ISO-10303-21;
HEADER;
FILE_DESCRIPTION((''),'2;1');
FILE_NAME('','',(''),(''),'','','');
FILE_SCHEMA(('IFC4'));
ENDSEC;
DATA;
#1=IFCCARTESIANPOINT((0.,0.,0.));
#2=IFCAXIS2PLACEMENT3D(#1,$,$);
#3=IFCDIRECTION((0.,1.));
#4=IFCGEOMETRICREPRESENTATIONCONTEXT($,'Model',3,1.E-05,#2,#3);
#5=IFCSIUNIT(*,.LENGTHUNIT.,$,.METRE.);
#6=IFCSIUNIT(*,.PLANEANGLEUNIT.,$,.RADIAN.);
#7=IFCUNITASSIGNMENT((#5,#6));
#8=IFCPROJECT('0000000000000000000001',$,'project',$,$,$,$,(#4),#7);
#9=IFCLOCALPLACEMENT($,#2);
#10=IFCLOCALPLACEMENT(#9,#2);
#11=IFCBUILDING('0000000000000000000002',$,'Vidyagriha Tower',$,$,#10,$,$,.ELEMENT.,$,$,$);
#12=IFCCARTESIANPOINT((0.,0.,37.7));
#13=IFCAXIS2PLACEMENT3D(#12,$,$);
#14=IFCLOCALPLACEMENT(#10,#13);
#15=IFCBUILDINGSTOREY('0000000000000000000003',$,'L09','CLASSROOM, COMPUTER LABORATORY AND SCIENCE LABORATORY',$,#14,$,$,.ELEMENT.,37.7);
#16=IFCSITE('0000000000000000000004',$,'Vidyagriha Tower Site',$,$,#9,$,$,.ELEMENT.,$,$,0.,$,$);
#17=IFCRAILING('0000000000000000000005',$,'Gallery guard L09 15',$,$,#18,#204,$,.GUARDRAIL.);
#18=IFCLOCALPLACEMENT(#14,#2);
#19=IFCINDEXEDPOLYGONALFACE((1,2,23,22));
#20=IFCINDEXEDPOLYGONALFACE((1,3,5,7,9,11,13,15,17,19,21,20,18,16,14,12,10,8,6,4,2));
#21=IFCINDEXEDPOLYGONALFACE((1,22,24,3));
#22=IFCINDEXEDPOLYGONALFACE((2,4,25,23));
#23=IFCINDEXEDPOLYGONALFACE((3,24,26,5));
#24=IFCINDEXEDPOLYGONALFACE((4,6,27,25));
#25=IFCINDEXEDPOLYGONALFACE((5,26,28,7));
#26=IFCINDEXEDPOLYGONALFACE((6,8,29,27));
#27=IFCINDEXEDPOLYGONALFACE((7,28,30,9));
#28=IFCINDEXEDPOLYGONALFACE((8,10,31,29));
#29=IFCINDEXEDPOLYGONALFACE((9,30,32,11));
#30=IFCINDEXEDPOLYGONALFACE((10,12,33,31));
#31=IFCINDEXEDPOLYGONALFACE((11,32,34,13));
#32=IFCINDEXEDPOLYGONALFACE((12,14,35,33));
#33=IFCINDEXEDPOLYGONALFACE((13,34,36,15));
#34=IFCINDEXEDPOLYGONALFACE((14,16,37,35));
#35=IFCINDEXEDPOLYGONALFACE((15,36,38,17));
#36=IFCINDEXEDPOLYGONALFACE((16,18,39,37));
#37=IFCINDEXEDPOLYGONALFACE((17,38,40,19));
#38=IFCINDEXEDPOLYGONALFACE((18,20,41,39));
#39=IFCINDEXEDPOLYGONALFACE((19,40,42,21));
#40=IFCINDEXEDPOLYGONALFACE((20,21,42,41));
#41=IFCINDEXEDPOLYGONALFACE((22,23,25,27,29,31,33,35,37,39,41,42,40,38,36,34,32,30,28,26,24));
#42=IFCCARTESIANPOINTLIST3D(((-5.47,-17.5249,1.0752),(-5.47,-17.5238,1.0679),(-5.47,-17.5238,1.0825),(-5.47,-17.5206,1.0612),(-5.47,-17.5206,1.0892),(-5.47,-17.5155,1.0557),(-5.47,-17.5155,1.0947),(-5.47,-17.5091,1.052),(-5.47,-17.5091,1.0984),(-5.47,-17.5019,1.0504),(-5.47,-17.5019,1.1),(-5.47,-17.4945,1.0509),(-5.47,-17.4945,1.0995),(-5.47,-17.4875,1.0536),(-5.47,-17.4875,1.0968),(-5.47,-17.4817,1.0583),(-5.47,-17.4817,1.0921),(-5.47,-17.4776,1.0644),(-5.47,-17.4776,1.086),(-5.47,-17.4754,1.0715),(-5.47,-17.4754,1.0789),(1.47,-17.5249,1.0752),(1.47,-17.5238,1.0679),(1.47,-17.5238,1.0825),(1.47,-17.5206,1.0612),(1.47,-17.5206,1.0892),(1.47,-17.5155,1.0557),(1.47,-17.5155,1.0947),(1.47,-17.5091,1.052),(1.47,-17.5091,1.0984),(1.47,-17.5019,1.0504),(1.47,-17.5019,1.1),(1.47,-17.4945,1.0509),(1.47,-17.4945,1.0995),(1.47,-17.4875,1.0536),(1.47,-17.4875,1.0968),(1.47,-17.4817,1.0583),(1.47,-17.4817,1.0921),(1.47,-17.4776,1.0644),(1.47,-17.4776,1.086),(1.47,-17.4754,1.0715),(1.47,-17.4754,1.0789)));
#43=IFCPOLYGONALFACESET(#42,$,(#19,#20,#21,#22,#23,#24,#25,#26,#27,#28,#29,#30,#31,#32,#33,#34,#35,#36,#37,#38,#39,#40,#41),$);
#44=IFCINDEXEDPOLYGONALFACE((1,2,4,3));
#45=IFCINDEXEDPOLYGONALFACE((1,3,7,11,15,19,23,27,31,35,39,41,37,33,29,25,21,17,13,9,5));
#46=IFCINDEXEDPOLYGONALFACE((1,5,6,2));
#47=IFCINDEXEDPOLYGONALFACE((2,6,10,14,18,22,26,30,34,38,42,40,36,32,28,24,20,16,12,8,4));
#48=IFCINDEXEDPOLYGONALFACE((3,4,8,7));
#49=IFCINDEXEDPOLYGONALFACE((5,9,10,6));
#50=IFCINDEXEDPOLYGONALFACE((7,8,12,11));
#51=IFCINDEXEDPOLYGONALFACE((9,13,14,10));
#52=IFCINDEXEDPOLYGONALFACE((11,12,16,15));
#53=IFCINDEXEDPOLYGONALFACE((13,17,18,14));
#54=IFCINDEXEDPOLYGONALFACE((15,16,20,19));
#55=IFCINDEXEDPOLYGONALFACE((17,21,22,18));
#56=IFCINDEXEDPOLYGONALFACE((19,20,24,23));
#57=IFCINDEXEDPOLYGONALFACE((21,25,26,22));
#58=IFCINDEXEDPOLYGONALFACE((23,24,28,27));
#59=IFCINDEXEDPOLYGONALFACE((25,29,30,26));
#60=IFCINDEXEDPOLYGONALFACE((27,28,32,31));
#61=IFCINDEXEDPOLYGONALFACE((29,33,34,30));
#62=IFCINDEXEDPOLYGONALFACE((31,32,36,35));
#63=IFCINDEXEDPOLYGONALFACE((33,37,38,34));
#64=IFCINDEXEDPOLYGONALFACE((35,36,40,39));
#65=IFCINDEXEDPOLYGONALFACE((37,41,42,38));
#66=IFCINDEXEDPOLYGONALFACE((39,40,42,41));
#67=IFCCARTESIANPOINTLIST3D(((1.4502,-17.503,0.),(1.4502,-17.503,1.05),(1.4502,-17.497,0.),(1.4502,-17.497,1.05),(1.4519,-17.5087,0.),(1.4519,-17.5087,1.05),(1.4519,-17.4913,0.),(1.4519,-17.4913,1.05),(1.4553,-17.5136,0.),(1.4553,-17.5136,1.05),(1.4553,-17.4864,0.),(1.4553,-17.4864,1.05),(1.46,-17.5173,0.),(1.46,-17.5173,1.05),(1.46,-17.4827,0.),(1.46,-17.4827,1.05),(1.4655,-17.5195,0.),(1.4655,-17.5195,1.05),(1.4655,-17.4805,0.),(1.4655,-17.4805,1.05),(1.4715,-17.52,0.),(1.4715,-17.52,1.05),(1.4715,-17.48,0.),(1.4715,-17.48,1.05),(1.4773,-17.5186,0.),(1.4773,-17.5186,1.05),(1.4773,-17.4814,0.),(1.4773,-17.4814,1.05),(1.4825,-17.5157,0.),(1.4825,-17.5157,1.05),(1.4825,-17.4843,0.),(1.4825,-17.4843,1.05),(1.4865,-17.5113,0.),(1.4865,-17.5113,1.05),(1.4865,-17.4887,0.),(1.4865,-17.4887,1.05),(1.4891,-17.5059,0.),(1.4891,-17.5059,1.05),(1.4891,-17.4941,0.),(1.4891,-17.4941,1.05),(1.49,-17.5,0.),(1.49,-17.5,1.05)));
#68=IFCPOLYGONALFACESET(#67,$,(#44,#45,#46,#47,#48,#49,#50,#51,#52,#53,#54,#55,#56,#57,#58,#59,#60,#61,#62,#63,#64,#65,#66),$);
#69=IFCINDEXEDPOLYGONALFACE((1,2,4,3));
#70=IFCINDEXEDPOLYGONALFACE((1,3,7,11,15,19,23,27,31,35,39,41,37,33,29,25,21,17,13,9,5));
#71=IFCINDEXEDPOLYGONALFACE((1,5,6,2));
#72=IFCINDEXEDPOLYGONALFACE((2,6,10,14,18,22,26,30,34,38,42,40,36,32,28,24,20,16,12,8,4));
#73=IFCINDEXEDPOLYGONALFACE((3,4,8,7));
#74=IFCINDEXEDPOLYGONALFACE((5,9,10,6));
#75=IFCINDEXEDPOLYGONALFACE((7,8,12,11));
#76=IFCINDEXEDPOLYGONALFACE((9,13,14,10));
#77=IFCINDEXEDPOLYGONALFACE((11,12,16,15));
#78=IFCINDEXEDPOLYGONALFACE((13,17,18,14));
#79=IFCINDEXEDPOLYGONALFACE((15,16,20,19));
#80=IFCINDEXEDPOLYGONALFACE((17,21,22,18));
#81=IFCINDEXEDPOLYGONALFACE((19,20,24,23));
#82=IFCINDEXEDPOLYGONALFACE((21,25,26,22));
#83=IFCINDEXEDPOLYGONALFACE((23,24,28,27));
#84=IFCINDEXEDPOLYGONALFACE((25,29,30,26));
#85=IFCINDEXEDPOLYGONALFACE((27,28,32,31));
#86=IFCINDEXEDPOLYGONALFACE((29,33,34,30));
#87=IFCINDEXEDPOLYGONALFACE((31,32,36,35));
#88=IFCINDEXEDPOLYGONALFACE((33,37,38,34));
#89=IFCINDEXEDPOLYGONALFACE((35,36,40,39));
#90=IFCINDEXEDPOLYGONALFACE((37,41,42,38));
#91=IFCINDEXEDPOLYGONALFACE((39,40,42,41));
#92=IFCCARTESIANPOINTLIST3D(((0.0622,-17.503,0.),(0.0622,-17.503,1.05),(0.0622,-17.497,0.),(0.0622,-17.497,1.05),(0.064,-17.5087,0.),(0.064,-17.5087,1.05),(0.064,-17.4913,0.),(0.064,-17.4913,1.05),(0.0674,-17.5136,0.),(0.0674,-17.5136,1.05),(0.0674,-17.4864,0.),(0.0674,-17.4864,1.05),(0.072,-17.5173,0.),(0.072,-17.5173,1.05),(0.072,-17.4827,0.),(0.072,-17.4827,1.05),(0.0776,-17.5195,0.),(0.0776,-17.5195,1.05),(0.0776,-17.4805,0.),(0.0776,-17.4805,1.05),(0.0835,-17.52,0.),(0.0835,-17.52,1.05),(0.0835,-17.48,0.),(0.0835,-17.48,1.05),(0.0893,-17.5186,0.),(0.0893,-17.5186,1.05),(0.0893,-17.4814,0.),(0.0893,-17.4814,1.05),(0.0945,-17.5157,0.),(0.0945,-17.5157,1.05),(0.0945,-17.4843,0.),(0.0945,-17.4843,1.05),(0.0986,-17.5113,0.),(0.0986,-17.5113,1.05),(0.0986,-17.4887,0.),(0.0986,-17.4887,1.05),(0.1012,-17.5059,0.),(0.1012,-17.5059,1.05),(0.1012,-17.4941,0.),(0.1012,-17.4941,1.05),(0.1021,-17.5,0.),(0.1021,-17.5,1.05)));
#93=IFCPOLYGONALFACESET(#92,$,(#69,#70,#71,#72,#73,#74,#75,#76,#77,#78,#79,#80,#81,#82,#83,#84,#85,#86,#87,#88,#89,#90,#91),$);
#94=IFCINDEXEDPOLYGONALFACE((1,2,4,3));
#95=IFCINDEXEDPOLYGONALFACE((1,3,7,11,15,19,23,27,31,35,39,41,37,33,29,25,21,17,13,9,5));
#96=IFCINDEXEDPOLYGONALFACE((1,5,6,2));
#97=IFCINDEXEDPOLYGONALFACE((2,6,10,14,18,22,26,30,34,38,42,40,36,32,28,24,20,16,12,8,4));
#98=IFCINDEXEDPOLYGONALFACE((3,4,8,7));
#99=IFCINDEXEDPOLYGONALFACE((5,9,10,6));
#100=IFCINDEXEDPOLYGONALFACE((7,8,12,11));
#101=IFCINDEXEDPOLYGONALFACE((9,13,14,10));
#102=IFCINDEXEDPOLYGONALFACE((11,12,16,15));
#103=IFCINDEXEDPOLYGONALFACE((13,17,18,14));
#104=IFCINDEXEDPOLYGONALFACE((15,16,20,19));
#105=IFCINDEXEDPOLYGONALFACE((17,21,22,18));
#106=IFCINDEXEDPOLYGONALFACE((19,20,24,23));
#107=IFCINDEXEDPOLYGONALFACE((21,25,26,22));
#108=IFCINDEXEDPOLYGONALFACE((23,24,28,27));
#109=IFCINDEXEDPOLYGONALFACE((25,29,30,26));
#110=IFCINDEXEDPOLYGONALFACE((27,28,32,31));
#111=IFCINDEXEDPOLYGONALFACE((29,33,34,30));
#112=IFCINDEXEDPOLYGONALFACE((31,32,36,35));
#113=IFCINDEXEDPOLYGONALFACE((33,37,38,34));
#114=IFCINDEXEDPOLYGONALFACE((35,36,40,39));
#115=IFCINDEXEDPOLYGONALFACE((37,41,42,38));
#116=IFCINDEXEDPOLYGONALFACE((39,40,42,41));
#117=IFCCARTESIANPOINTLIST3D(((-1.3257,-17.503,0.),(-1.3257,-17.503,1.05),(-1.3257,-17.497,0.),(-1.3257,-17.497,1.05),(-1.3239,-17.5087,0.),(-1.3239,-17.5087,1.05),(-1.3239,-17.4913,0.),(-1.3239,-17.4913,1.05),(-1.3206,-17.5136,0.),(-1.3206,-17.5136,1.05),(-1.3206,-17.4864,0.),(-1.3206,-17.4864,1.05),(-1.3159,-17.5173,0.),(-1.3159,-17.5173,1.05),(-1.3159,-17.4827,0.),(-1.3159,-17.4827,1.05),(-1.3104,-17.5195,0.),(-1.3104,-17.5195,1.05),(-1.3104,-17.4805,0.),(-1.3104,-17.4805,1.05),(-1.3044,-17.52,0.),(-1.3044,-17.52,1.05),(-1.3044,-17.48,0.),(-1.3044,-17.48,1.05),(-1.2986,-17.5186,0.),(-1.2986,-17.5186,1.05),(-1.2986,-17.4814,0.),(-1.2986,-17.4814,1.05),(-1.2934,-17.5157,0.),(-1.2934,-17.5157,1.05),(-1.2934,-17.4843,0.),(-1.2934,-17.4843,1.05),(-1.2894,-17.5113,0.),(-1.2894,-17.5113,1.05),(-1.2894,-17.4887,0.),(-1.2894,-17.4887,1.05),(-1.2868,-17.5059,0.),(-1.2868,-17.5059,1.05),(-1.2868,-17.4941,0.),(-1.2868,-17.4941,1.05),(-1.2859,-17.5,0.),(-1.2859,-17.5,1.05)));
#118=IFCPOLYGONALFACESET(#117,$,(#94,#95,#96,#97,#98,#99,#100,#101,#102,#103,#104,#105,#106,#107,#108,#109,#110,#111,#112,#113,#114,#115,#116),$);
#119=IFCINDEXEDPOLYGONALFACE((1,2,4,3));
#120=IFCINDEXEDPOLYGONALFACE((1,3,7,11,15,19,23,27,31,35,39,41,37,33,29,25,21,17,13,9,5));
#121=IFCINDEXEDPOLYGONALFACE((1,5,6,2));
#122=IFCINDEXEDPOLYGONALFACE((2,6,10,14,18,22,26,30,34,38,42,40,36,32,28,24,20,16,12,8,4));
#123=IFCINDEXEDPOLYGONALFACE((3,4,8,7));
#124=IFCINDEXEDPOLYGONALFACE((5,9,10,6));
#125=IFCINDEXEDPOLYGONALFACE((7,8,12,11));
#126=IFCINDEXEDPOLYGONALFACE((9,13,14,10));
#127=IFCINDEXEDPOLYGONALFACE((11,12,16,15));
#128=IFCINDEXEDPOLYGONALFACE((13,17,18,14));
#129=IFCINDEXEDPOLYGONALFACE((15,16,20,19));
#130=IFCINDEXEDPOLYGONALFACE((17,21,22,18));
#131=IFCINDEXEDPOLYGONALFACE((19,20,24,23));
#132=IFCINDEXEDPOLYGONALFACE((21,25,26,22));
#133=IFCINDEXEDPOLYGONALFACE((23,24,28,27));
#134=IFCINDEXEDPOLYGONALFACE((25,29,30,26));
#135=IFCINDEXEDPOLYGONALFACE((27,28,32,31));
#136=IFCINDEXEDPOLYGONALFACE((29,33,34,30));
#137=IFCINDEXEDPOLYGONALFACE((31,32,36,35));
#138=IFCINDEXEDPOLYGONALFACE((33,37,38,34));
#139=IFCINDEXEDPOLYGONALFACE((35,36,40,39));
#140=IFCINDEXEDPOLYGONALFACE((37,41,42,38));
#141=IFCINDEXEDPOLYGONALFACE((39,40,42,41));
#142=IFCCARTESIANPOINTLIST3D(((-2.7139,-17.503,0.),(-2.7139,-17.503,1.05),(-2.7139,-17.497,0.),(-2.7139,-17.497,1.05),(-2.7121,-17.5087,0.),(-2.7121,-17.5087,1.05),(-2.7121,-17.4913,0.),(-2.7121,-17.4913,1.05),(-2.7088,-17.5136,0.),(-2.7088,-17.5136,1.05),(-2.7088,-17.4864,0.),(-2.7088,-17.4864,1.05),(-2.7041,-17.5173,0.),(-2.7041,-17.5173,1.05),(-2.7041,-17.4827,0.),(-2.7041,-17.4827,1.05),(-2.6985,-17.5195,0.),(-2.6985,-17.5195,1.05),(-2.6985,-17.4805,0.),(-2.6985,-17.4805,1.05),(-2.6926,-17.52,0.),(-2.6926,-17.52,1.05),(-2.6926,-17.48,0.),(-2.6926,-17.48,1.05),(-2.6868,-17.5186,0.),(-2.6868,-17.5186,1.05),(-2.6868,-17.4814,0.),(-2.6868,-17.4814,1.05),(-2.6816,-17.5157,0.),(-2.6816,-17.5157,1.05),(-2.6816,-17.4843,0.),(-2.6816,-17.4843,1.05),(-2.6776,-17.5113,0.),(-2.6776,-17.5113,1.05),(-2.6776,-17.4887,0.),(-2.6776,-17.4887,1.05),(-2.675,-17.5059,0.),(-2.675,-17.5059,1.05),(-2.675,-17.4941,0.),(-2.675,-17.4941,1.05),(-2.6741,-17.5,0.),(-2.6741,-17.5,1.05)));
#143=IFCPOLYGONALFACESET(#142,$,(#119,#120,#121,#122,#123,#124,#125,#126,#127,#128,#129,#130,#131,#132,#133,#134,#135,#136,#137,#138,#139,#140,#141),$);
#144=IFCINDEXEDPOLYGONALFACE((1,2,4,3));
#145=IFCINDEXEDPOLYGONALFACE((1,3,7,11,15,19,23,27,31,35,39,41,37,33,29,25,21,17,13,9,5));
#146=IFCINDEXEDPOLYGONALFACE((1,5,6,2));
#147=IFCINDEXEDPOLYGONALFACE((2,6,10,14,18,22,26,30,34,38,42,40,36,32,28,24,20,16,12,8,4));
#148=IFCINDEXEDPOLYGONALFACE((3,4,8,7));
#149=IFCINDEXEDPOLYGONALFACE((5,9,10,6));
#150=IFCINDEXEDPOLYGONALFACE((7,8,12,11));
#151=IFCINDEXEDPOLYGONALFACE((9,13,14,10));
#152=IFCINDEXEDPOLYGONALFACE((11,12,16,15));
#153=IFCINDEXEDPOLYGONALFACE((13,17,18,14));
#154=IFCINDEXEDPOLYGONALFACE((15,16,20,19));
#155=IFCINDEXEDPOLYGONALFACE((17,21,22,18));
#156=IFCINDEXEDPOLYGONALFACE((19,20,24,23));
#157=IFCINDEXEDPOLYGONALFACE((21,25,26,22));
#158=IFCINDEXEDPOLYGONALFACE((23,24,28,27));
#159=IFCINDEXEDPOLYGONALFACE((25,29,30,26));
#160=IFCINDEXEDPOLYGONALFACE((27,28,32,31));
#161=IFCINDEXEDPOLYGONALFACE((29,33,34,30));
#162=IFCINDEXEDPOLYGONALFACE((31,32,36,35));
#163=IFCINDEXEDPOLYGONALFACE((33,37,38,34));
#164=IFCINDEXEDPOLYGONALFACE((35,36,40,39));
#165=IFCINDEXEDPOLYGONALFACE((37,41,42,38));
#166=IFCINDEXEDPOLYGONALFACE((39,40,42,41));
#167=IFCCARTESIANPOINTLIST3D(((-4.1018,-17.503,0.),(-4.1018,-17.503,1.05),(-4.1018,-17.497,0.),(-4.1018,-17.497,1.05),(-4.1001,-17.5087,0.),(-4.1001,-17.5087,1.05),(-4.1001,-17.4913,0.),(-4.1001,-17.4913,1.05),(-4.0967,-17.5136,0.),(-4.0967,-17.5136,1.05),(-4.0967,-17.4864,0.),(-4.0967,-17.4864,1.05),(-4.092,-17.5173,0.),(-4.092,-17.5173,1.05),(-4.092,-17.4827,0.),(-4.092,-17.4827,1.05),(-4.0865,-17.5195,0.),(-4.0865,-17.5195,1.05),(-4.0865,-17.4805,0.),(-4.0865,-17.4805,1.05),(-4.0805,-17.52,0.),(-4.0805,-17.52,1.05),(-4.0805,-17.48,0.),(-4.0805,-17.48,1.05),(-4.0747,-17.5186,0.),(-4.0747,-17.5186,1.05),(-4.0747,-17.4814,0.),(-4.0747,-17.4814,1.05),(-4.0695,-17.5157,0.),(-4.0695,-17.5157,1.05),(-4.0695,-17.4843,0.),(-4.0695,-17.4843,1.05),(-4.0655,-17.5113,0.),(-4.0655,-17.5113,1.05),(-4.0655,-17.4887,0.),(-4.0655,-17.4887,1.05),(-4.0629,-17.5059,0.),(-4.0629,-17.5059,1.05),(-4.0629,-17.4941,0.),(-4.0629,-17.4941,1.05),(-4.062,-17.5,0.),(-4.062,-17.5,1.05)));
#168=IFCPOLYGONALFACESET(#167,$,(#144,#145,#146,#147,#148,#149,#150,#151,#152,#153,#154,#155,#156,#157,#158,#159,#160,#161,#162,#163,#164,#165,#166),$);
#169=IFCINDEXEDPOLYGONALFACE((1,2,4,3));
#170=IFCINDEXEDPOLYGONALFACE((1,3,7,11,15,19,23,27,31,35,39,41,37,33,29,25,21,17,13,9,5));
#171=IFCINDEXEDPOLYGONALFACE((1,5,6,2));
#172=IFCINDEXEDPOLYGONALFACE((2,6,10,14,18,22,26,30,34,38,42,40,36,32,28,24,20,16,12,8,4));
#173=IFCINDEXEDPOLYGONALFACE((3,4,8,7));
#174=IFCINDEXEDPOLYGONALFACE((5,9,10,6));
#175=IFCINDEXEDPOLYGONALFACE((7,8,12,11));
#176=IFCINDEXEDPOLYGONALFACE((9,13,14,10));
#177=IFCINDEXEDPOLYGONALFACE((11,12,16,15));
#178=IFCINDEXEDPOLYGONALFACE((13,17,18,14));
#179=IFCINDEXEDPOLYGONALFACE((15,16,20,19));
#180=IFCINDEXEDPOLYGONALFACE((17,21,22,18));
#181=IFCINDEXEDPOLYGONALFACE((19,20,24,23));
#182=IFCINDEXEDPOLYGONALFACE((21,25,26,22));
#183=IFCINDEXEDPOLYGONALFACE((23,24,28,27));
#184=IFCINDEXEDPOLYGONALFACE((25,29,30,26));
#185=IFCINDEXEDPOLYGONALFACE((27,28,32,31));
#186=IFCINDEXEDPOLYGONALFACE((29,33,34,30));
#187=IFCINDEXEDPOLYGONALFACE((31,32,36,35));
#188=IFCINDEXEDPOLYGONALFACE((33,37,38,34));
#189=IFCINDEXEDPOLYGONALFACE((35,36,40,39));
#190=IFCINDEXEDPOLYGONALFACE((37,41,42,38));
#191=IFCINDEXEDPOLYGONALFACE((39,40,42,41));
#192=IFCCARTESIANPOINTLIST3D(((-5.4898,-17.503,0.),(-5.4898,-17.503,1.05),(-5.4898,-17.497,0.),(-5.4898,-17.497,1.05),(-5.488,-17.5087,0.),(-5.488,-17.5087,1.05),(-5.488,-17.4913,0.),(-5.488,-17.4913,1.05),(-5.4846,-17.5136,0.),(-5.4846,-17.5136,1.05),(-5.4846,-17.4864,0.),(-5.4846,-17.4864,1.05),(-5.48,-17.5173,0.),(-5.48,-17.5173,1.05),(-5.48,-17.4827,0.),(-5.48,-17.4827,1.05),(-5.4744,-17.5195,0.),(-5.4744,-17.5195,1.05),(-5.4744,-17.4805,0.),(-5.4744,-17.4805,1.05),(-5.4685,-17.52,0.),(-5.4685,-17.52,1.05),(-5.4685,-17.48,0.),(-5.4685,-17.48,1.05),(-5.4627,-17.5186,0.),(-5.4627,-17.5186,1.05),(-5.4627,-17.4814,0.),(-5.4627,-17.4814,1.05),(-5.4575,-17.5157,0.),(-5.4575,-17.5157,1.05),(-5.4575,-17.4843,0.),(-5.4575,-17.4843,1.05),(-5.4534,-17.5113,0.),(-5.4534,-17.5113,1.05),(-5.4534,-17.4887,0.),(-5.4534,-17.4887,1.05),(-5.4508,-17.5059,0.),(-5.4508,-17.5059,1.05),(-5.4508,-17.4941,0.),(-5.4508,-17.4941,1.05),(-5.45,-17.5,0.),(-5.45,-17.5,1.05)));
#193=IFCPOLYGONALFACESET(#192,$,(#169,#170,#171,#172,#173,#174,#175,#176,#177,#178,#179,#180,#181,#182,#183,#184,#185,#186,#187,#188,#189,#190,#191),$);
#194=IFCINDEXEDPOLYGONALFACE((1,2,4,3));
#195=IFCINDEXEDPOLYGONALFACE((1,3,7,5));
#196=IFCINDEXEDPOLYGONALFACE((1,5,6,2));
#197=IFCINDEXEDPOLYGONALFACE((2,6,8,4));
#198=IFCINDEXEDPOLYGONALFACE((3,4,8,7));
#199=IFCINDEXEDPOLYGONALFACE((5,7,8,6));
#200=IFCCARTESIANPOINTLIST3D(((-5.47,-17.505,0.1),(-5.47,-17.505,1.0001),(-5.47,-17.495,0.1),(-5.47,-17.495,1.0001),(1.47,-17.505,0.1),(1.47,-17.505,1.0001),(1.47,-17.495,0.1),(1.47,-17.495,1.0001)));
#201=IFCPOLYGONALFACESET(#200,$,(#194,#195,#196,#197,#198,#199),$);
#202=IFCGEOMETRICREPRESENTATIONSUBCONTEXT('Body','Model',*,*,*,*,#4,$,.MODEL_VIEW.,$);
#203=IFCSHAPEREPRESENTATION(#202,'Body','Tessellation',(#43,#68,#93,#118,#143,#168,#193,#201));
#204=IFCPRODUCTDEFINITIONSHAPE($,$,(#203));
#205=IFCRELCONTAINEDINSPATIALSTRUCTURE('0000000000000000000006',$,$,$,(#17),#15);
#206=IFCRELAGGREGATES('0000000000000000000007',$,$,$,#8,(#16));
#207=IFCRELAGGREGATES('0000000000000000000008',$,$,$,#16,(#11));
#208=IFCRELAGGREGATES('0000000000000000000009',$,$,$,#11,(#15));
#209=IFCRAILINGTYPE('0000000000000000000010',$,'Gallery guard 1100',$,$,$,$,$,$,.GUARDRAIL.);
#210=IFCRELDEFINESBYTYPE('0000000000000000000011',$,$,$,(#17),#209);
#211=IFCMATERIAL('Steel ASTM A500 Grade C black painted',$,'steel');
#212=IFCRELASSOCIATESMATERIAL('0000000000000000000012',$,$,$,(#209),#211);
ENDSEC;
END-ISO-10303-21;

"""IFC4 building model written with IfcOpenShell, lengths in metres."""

from ifc_helpers import new_model, si_unit, direction, frame, origin, origin_2d, place, context, subcontext, project, spatial, rectangle, circle, extrude, material, type_object, element, save


model = new_model("IFC4")

# Units and contexts
model_context = context("Model", 3, precision=1e-05, world=origin(), true_north=direction((0.0, 1.0)))
body_context = subcontext(model_context, "Body", "Model", "MODEL_VIEW")
ifc_project = project(units=[si_unit("LENGTHUNIT", "METRE"), si_unit("PLANEANGLEUNIT", "RADIAN")], contexts=[model_context])

# Site, building, storey
site_placement = place(None, origin())
site = spatial("IfcSite", under=ifc_project, at=site_placement, Name="Vidyagriha Tower Site", CompositionType="ELEMENT", RefElevation=0.0)
building_placement = place(site_placement, origin())
building = spatial("IfcBuilding", under=site, at=building_placement, Name="Vidyagriha Tower", CompositionType="ELEMENT")
storey_placement = place(building_placement, frame((0.0, 0.0, 37.7)))
storey = spatial("IfcBuildingStorey", under=building, at=storey_placement, Name="L09", Description="CLASSROOM, COMPUTER LABORATORY AND SCIENCE LABORATORY", CompositionType="ELEMENT", Elevation=37.7)

# Railing
ifc_material_1 = material(Name="Steel ASTM A500 Grade C black painted", Category="steel")
railing_type = type_object("IfcRailingType", Name="Gallery guard 1100", PredefinedType="GUARDRAIL", material=ifc_material_1)
for number, where, name in (
    (1, (1.47, -17.5, 0.0), "Gallery guard L09 15"),
):
    element("IfcRailing", number, at=place(storey_placement, frame(where)), inside=storey, type_object=railing_type, Name=name, PredefinedType="GUARDRAIL", context=body_context, shape_type="SweptSolid", body=[
        extrude(circle(Radius=0.0249, at=origin_2d()), frame((0.0, 0.0, 1.0752), z_axis=(-1.0, 0.0, 0.0), x_axis=(0.0, -1.0, 0.0)), (0.0, 0.0, 1.0), 6.9399),
        extrude(circle(Radius=0.02, at=origin_2d()), origin(), (0.0, 0.0, 1.0), 1.05),
        extrude(circle(Radius=0.02, at=origin_2d()), frame((-1.3879, 0.0, 0.0)), (0.0, 0.0, 1.0), 1.05),
        extrude(circle(Radius=0.02, at=origin_2d()), frame((-2.7759, 0.0, 0.0)), (0.0, 0.0, 1.0), 1.05),
        extrude(circle(Radius=0.02, at=origin_2d()), frame((-4.1641, 0.0, 0.0)), (0.0, 0.0, 1.0), 1.05),
        extrude(circle(Radius=0.02, at=origin_2d()), frame((-5.552, 0.0, 0.0)), (0.0, 0.0, 1.0), 1.05),
        extrude(circle(Radius=0.02, at=origin_2d()), frame((-6.9399, 0.0, 0.0)), (0.0, 0.0, 1.0), 1.05),
        extrude(rectangle(XDim=0.01, YDim=0.9001, at=origin_2d()), frame((0.0, 0.0, 0.55), z_axis=(-1.0, 0.0, 0.0), x_axis=(0.0, -1.0, 0.0)), (0.0, 0.0, 1.0), 6.9399),
    ])

save(model, "model.ifc")
